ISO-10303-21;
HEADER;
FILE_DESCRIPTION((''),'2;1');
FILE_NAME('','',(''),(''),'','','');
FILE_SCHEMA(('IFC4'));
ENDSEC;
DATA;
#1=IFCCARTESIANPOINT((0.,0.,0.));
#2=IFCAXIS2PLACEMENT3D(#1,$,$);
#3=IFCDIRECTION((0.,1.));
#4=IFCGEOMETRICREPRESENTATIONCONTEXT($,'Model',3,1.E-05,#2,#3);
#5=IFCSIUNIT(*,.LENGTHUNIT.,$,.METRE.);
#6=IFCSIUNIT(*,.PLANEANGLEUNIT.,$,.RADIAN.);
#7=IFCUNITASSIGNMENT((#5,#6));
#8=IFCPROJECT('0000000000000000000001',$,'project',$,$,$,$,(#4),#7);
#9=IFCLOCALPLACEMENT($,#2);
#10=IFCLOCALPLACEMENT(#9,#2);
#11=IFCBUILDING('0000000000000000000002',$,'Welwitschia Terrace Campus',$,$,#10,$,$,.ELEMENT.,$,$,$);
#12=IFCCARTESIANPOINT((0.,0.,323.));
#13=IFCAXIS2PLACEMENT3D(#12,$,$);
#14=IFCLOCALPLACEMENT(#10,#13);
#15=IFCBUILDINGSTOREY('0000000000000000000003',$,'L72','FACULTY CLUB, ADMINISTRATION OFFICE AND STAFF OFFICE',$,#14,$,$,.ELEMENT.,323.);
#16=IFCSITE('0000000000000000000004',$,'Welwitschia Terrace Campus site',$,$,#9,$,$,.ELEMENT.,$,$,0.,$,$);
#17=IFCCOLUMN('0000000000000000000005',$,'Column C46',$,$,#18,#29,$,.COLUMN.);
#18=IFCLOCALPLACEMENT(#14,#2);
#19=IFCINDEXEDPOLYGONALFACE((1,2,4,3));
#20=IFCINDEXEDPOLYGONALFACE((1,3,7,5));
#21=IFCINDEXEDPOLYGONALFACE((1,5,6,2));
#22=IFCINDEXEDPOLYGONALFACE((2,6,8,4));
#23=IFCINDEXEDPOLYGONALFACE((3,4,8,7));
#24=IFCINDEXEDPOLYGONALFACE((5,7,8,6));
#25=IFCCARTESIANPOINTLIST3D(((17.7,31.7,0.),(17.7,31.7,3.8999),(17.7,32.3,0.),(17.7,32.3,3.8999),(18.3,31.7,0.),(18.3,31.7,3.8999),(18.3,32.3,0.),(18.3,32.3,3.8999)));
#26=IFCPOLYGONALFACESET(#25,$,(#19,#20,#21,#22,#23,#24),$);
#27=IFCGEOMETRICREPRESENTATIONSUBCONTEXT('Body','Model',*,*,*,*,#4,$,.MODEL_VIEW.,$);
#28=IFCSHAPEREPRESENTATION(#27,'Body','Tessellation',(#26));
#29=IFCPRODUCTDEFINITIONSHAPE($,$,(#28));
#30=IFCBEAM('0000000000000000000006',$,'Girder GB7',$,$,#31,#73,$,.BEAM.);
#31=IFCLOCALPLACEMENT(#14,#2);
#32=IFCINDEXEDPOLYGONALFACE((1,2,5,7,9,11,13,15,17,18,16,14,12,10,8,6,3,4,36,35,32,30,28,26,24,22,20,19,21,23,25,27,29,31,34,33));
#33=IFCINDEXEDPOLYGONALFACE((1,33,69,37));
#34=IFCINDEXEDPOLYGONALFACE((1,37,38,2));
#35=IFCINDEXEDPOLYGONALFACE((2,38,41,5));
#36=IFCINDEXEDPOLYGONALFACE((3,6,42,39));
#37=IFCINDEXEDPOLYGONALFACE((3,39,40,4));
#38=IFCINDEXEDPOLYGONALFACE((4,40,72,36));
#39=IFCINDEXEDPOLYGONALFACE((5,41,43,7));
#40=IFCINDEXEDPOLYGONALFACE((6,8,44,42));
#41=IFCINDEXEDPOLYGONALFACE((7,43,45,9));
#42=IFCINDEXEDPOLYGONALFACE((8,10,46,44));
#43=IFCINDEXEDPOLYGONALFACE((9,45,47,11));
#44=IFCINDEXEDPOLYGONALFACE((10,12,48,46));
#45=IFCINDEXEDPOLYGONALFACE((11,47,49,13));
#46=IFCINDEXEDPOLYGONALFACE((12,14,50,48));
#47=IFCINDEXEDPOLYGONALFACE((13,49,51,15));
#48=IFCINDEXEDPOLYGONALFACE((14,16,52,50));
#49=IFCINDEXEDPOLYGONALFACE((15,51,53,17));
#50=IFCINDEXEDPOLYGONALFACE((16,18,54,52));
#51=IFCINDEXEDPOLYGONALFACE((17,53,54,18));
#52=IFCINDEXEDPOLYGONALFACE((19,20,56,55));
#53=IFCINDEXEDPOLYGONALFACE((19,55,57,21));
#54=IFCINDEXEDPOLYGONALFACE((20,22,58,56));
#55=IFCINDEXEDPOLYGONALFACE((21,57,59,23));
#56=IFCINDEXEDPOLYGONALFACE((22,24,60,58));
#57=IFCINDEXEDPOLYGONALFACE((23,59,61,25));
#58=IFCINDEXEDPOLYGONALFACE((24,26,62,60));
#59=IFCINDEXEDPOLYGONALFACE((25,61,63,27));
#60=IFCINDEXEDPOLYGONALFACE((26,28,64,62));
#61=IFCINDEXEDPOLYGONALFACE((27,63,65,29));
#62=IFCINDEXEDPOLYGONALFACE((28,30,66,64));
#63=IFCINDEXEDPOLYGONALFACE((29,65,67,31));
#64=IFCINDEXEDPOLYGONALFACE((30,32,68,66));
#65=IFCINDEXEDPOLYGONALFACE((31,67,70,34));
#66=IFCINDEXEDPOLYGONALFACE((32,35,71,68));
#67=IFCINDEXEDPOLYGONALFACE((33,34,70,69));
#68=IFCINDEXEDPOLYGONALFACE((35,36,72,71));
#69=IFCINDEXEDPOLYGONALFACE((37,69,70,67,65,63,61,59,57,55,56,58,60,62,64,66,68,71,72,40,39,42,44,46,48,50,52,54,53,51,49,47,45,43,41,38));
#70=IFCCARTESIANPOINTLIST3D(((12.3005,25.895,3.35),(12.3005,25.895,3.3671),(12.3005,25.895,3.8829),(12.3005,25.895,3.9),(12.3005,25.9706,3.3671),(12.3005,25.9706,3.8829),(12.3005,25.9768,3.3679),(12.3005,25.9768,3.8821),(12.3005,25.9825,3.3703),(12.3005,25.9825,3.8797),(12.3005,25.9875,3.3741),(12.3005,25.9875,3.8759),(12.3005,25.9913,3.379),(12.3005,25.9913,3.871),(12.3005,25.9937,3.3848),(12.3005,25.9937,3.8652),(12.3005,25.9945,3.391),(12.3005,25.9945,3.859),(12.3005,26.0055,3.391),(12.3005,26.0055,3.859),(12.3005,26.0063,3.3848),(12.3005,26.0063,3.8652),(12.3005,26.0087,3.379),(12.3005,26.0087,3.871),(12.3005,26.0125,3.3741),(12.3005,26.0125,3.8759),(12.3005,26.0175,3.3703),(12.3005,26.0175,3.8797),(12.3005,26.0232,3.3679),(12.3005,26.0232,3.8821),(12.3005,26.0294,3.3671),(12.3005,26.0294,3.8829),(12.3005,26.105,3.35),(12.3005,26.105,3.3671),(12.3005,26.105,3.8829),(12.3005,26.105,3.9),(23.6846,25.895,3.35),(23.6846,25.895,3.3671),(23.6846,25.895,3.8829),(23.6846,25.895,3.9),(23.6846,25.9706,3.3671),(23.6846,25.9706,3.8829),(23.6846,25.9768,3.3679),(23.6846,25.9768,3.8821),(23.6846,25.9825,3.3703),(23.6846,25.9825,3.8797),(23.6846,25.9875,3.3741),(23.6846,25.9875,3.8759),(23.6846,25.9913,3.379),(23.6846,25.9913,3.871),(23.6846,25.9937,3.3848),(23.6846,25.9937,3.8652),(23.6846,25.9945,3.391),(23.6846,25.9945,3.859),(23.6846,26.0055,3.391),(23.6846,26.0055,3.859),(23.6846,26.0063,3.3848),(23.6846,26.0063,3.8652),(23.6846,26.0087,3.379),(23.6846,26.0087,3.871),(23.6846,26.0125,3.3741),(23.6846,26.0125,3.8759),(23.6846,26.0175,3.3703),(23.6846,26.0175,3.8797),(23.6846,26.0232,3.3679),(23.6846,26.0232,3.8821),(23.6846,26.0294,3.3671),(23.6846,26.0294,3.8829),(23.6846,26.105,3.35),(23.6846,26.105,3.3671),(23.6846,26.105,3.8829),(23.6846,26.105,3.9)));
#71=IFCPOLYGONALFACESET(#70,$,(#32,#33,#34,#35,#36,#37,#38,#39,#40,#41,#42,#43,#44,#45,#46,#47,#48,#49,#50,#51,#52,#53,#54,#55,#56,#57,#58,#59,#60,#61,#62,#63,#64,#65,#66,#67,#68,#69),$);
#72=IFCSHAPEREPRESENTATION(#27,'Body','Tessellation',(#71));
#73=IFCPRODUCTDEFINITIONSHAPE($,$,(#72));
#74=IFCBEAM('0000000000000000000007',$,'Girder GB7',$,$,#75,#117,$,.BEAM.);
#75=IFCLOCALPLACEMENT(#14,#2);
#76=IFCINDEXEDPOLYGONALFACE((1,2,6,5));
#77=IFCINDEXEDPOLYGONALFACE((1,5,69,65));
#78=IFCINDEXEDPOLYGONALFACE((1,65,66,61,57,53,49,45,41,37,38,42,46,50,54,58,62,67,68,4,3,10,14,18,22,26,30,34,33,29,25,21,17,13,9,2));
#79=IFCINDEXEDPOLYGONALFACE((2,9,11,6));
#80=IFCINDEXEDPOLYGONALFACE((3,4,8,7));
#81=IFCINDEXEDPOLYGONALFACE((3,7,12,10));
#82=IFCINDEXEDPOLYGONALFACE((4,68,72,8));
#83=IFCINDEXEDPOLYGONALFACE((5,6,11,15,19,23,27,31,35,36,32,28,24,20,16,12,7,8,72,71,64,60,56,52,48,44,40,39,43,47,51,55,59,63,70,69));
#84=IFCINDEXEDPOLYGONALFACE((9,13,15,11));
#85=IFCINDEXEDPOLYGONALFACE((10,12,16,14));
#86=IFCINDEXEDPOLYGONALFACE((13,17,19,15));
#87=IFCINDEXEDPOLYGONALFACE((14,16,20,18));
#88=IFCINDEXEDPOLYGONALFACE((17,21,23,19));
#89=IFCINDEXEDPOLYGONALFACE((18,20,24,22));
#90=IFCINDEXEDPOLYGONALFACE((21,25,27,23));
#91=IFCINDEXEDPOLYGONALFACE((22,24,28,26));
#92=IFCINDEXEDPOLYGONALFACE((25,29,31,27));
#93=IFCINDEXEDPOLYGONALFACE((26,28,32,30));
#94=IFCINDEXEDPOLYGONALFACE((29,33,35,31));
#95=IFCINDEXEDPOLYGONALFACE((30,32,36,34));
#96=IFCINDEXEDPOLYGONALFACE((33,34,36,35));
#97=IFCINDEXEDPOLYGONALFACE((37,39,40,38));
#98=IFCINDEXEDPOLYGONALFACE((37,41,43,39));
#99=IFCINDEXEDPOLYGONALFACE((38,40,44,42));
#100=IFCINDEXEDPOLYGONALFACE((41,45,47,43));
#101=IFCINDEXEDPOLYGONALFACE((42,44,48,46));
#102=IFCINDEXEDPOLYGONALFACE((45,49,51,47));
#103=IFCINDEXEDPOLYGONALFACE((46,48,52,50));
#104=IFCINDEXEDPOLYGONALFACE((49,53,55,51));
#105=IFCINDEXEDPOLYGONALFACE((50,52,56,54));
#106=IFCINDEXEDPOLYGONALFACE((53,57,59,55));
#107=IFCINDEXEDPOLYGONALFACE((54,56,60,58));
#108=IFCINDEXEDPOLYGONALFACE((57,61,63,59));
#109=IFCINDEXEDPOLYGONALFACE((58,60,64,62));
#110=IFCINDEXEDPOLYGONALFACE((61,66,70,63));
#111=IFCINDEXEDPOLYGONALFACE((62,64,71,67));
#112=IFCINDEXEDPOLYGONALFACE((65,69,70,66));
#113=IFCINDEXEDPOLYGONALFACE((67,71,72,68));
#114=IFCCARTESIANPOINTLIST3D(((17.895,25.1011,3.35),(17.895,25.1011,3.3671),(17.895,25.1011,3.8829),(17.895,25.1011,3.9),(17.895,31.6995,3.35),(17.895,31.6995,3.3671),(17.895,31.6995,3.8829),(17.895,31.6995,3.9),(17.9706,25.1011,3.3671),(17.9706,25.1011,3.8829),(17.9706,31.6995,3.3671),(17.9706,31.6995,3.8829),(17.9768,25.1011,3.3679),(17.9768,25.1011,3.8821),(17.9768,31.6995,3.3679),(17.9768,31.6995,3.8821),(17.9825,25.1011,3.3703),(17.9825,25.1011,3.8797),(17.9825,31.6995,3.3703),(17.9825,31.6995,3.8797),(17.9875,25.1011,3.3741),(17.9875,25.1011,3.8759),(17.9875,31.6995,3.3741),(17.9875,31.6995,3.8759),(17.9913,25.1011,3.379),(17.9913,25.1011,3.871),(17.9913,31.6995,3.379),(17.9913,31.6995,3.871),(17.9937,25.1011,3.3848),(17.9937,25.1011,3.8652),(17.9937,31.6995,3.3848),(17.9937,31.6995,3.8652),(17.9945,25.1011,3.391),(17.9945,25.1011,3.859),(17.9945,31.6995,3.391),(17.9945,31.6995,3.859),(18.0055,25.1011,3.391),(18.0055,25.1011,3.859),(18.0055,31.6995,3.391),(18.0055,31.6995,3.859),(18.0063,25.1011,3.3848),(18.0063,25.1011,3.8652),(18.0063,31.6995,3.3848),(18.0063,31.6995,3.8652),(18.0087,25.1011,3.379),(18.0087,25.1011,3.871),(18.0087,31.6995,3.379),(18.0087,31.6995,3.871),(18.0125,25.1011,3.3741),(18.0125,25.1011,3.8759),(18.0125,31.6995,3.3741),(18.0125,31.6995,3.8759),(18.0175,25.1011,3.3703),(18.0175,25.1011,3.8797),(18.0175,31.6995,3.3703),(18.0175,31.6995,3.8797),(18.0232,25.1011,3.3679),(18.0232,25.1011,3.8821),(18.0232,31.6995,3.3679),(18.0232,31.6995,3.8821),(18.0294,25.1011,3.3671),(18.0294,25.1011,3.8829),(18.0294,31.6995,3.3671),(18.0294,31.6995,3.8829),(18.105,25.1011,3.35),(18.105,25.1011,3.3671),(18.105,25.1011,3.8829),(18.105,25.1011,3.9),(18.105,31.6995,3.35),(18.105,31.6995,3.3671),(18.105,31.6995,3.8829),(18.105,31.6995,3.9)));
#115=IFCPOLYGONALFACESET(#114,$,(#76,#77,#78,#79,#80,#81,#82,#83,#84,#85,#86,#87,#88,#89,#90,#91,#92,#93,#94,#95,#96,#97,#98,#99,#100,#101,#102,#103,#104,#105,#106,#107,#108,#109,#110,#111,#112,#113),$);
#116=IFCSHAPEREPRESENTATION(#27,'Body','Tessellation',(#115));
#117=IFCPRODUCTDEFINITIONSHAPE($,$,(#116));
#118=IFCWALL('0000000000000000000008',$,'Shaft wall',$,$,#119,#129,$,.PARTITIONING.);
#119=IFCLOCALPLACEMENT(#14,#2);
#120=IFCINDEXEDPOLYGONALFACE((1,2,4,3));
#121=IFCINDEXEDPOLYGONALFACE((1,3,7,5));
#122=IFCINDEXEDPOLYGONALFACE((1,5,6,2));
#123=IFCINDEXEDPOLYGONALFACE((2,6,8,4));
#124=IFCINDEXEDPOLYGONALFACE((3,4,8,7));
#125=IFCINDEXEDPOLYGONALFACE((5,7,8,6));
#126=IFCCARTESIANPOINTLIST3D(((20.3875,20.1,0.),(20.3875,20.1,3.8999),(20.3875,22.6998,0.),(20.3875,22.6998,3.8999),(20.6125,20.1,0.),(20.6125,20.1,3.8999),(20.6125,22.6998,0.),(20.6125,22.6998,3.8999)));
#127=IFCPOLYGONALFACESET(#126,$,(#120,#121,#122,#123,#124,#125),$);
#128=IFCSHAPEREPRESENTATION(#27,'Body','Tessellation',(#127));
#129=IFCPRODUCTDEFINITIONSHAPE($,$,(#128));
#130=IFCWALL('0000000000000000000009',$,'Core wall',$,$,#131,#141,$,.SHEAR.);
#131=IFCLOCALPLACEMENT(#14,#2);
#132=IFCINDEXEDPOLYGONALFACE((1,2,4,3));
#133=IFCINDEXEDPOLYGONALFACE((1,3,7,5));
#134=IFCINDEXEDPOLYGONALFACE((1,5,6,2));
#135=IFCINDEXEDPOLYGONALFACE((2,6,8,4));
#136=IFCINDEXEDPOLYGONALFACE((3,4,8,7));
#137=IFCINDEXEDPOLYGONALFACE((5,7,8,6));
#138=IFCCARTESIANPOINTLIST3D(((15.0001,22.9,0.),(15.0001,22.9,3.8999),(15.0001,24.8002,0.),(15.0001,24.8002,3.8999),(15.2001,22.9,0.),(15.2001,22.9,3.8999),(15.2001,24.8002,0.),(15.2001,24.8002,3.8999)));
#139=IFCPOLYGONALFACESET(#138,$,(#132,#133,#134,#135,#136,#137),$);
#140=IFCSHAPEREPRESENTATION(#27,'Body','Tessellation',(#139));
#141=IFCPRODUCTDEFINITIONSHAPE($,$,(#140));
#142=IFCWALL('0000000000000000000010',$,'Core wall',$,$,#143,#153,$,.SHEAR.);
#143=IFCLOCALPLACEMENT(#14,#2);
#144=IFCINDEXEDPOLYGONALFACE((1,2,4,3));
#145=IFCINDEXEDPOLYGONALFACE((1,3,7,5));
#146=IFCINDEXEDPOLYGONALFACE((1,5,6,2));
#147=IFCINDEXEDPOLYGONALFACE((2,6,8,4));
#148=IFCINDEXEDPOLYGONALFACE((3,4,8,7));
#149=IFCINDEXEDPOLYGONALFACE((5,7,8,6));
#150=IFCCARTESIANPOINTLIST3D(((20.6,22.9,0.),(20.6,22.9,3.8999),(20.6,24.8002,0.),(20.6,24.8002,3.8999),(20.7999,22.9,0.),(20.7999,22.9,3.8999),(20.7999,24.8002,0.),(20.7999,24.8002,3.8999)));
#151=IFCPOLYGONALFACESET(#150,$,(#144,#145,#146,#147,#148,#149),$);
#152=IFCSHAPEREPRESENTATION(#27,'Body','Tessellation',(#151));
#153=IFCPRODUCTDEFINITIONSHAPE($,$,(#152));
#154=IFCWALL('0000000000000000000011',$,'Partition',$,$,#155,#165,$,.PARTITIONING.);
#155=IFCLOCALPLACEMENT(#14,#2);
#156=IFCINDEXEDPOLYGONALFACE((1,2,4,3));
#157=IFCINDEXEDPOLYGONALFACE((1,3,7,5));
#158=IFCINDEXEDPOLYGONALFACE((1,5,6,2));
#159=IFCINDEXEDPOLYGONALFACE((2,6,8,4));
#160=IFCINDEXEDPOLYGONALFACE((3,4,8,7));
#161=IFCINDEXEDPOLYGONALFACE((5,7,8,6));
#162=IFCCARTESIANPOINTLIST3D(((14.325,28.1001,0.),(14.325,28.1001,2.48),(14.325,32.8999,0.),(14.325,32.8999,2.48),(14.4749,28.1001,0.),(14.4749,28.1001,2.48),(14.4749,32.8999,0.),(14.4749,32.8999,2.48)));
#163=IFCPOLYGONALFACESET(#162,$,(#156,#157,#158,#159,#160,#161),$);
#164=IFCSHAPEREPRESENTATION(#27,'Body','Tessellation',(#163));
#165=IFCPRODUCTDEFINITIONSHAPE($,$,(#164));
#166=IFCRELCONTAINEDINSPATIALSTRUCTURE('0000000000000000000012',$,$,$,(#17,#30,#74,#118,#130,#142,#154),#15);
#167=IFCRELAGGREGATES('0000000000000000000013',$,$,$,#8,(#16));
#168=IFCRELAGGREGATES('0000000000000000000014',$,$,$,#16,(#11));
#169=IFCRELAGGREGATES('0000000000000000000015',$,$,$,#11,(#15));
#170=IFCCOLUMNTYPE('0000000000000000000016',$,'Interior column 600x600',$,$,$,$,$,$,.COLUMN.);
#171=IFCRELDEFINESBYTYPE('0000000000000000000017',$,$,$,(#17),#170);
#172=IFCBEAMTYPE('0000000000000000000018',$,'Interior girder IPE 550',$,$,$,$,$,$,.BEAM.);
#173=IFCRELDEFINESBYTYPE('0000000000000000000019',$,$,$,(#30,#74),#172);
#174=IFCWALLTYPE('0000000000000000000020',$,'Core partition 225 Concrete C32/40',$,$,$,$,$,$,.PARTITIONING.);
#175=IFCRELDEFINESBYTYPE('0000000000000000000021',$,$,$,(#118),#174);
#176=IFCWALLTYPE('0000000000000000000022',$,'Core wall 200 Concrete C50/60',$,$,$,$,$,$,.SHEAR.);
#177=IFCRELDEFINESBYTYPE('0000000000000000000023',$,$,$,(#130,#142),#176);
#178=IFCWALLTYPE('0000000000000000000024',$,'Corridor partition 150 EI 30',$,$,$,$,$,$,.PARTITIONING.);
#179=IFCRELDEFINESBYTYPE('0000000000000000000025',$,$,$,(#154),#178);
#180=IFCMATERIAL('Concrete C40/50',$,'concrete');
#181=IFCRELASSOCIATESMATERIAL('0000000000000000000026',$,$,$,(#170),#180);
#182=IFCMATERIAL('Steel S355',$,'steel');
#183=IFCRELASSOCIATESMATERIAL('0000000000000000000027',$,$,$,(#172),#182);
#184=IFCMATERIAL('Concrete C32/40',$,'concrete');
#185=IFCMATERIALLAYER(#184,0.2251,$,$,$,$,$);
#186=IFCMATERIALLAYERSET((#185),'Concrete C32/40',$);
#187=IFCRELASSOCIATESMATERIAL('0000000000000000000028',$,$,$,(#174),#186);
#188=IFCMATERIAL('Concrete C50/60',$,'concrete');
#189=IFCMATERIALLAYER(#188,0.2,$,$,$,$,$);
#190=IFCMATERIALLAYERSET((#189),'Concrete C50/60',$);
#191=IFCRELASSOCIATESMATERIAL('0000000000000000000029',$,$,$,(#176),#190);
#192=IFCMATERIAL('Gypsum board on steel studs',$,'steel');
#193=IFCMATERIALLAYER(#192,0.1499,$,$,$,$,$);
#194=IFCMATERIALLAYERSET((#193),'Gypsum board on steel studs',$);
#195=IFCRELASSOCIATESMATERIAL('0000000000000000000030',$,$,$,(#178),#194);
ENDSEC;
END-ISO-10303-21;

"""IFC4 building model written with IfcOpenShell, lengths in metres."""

from ifc_helpers import new_model, si_unit, direction, frame, frame_2d, origin, origin_2d, place, context, subcontext, project, spatial, rectangle, i_section, extrude, material, layer, layer_set, material_profile, profile_set, type_object, element, save


model = new_model("IFC4")

# Units and contexts
model_context = context("Model", 3, precision=1e-05, world=origin(), true_north=direction((0.0, 1.0)))
body_context = subcontext(model_context, "Body", "Model", "MODEL_VIEW")
ifc_project = project(units=[si_unit("LENGTHUNIT", "METRE"), si_unit("PLANEANGLEUNIT", "RADIAN")], contexts=[model_context])

# Site, building, storey
site_placement = place(None, origin())
site = spatial("IfcSite", under=ifc_project, at=site_placement, Name="Welwitschia Terrace Campus site", CompositionType="ELEMENT", RefElevation=0.0)
building_placement = place(site_placement, origin())
building = spatial("IfcBuilding", under=site, at=building_placement, Name="Welwitschia Terrace Campus", CompositionType="ELEMENT")
storey_placement = place(building_placement, frame((0.0, 0.0, 323.0)))
storey = spatial("IfcBuildingStorey", under=building, at=storey_placement, Name="L72", Description="FACULTY CLUB, ADMINISTRATION OFFICE AND STAFF OFFICE", CompositionType="ELEMENT", Elevation=323.0)

# Column
ifc_material_1 = material(Name="Concrete C40/50", Category="concrete")
ifc_material_profile_1 = material_profile(ifc_material_1, rectangle(XDim=0.6001, YDim=0.6001, at=origin_2d()))
ifc_profile_set_1 = profile_set([ifc_material_profile_1], Name="Concrete C40/50")
column_type = type_object("IfcColumnType", Name="Interior column 600x600", PredefinedType="COLUMN", material=ifc_profile_set_1)
column_placement = place(storey_placement, frame((18.0, 32.0, 0.0), z_axis=(0.0, 0.0, 1.0), x_axis=(1.0, 0.0, 0.0)))
element("IfcColumn", 1, at=column_placement, inside=storey, type_object=column_type, Name="Column C46", PredefinedType="COLUMN", context=body_context, shape_type="SweptSolid", body=[
    extrude(rectangle(XDim=0.6001, YDim=0.6001, at=origin_2d()), origin(), (0.0, 0.0, 1.0), 3.8999),
])

# Beams
ifc_material_2 = material(Name="Steel S355", Category="steel")
ifc_material_profile_2 = material_profile(ifc_material_2, i_section(OverallWidth=0.21, OverallDepth=0.55, WebThickness=0.011, FlangeThickness=0.0171, FilletRadius=0.0239, at=origin_2d()))
ifc_profile_set_2 = profile_set([ifc_material_profile_2], Name="Steel S355")
beam_type = type_object("IfcBeamType", Name="Interior girder IPE 550", PredefinedType="BEAM", material=ifc_profile_set_2)
beam_1_placement = place(storey_placement, frame((12.3005, 26.0, 3.625), z_axis=(1.0, 0.0, 0.0), x_axis=(0.0, 1.0, 0.0)))
element("IfcBeam", 2, at=beam_1_placement, inside=storey, type_object=beam_type, Name="Girder GB7", PredefinedType="BEAM", context=body_context, shape_type="SweptSolid", body=[
    extrude(i_section(OverallWidth=0.21, OverallDepth=0.55, WebThickness=0.011, FlangeThickness=0.0171, FilletRadius=0.0239, at=origin_2d()), origin(), (0.0, 0.0, 1.0), 11.384),
])
beam_2_placement = place(storey_placement, frame((18.0, 25.1011, 3.625), z_axis=(0.0, 1.0, 0.0), x_axis=(-1.0, 0.0, 0.0)))
element("IfcBeam", 3, at=beam_2_placement, inside=storey, type_object=beam_type, Name="Girder GB7", PredefinedType="BEAM", context=body_context, shape_type="SweptSolid", body=[
    extrude(i_section(OverallWidth=0.21, OverallDepth=0.55, WebThickness=0.011, FlangeThickness=0.0171, FilletRadius=0.0239, at=origin_2d()), origin(), (0.0, 0.0, 1.0), 6.5984),
])

# Walls
ifc_material_3 = material(Name="Concrete C32/40", Category="concrete")
ifc_layer_1 = layer(ifc_material_3, 0.2251)
ifc_layer_set_1 = layer_set([ifc_layer_1], Name="Concrete C32/40")
wall_type_1 = type_object("IfcWallType", Name="Core partition 225 Concrete C32/40", PredefinedType="PARTITIONING", material=ifc_layer_set_1)
wall_1_placement = place(storey_placement, frame((20.5, 20.1001, 0.0), z_axis=(0.0, 0.0, 1.0), x_axis=(0.0, 1.0, 0.0)))
element("IfcWall", 4, at=wall_1_placement, inside=storey, type_object=wall_type_1, Name="Shaft wall", PredefinedType="PARTITIONING", context=body_context, shape_type="SweptSolid", body=[
    extrude(rectangle(XDim=2.5999, YDim=0.2251, at=frame_2d((1.2998, 0.0))), origin(), (0.0, 0.0, 1.0), 3.8999),
])
ifc_material_4 = material(Name="Concrete C50/60", Category="concrete")
ifc_layer_2 = layer(ifc_material_4, 0.2)
ifc_layer_set_2 = layer_set([ifc_layer_2], Name="Concrete C50/60")
wall_type_2 = type_object("IfcWallType", Name="Core wall 200 Concrete C50/60", PredefinedType="SHEAR", material=ifc_layer_set_2)
for number, where, z_axis, x_axis, name in (
    (5, (15.1001, 22.8999, 0.0), (0.0, 0.0, 1.0), (0.0, 1.0, 0.0), "Core wall"),
    (6, (20.7, 22.8999, 0.0), (0.0, 0.0, 1.0), (0.0, 1.0, 0.0), "Core wall"),
):
    element("IfcWall", number, at=place(storey_placement, frame(where, z_axis=z_axis, x_axis=x_axis)), inside=storey, type_object=wall_type_2, Name=name, PredefinedType="SHEAR", context=body_context, shape_type="SweptSolid", body=[
        extrude(rectangle(XDim=1.9001, YDim=0.2, at=frame_2d((0.9502, 0.0))), origin(), (0.0, 0.0, 1.0), 3.8999),
    ])
ifc_material_5 = material(Name="Gypsum board on steel studs", Category="steel")
ifc_layer_3 = layer(ifc_material_5, 0.1499)
ifc_layer_set_3 = layer_set([ifc_layer_3], Name="Gypsum board on steel studs")
wall_type_3 = type_object("IfcWallType", Name="Corridor partition 150 EI 30", PredefinedType="PARTITIONING", material=ifc_layer_set_3)
wall_2_placement = place(storey_placement, frame((14.3999, 28.1001, 0.0), z_axis=(0.0, 0.0, 1.0), x_axis=(0.0, 1.0, 0.0)))
element("IfcWall", 7, at=wall_2_placement, inside=storey, type_object=wall_type_3, Name="Partition", PredefinedType="PARTITIONING", context=body_context, shape_type="SweptSolid", body=[
    extrude(rectangle(XDim=4.7998, YDim=0.1499, at=frame_2d((2.3999, 0.0))), origin(), (0.0, 0.0, 1.0), 2.48),
])

save(model, "model.ifc")
